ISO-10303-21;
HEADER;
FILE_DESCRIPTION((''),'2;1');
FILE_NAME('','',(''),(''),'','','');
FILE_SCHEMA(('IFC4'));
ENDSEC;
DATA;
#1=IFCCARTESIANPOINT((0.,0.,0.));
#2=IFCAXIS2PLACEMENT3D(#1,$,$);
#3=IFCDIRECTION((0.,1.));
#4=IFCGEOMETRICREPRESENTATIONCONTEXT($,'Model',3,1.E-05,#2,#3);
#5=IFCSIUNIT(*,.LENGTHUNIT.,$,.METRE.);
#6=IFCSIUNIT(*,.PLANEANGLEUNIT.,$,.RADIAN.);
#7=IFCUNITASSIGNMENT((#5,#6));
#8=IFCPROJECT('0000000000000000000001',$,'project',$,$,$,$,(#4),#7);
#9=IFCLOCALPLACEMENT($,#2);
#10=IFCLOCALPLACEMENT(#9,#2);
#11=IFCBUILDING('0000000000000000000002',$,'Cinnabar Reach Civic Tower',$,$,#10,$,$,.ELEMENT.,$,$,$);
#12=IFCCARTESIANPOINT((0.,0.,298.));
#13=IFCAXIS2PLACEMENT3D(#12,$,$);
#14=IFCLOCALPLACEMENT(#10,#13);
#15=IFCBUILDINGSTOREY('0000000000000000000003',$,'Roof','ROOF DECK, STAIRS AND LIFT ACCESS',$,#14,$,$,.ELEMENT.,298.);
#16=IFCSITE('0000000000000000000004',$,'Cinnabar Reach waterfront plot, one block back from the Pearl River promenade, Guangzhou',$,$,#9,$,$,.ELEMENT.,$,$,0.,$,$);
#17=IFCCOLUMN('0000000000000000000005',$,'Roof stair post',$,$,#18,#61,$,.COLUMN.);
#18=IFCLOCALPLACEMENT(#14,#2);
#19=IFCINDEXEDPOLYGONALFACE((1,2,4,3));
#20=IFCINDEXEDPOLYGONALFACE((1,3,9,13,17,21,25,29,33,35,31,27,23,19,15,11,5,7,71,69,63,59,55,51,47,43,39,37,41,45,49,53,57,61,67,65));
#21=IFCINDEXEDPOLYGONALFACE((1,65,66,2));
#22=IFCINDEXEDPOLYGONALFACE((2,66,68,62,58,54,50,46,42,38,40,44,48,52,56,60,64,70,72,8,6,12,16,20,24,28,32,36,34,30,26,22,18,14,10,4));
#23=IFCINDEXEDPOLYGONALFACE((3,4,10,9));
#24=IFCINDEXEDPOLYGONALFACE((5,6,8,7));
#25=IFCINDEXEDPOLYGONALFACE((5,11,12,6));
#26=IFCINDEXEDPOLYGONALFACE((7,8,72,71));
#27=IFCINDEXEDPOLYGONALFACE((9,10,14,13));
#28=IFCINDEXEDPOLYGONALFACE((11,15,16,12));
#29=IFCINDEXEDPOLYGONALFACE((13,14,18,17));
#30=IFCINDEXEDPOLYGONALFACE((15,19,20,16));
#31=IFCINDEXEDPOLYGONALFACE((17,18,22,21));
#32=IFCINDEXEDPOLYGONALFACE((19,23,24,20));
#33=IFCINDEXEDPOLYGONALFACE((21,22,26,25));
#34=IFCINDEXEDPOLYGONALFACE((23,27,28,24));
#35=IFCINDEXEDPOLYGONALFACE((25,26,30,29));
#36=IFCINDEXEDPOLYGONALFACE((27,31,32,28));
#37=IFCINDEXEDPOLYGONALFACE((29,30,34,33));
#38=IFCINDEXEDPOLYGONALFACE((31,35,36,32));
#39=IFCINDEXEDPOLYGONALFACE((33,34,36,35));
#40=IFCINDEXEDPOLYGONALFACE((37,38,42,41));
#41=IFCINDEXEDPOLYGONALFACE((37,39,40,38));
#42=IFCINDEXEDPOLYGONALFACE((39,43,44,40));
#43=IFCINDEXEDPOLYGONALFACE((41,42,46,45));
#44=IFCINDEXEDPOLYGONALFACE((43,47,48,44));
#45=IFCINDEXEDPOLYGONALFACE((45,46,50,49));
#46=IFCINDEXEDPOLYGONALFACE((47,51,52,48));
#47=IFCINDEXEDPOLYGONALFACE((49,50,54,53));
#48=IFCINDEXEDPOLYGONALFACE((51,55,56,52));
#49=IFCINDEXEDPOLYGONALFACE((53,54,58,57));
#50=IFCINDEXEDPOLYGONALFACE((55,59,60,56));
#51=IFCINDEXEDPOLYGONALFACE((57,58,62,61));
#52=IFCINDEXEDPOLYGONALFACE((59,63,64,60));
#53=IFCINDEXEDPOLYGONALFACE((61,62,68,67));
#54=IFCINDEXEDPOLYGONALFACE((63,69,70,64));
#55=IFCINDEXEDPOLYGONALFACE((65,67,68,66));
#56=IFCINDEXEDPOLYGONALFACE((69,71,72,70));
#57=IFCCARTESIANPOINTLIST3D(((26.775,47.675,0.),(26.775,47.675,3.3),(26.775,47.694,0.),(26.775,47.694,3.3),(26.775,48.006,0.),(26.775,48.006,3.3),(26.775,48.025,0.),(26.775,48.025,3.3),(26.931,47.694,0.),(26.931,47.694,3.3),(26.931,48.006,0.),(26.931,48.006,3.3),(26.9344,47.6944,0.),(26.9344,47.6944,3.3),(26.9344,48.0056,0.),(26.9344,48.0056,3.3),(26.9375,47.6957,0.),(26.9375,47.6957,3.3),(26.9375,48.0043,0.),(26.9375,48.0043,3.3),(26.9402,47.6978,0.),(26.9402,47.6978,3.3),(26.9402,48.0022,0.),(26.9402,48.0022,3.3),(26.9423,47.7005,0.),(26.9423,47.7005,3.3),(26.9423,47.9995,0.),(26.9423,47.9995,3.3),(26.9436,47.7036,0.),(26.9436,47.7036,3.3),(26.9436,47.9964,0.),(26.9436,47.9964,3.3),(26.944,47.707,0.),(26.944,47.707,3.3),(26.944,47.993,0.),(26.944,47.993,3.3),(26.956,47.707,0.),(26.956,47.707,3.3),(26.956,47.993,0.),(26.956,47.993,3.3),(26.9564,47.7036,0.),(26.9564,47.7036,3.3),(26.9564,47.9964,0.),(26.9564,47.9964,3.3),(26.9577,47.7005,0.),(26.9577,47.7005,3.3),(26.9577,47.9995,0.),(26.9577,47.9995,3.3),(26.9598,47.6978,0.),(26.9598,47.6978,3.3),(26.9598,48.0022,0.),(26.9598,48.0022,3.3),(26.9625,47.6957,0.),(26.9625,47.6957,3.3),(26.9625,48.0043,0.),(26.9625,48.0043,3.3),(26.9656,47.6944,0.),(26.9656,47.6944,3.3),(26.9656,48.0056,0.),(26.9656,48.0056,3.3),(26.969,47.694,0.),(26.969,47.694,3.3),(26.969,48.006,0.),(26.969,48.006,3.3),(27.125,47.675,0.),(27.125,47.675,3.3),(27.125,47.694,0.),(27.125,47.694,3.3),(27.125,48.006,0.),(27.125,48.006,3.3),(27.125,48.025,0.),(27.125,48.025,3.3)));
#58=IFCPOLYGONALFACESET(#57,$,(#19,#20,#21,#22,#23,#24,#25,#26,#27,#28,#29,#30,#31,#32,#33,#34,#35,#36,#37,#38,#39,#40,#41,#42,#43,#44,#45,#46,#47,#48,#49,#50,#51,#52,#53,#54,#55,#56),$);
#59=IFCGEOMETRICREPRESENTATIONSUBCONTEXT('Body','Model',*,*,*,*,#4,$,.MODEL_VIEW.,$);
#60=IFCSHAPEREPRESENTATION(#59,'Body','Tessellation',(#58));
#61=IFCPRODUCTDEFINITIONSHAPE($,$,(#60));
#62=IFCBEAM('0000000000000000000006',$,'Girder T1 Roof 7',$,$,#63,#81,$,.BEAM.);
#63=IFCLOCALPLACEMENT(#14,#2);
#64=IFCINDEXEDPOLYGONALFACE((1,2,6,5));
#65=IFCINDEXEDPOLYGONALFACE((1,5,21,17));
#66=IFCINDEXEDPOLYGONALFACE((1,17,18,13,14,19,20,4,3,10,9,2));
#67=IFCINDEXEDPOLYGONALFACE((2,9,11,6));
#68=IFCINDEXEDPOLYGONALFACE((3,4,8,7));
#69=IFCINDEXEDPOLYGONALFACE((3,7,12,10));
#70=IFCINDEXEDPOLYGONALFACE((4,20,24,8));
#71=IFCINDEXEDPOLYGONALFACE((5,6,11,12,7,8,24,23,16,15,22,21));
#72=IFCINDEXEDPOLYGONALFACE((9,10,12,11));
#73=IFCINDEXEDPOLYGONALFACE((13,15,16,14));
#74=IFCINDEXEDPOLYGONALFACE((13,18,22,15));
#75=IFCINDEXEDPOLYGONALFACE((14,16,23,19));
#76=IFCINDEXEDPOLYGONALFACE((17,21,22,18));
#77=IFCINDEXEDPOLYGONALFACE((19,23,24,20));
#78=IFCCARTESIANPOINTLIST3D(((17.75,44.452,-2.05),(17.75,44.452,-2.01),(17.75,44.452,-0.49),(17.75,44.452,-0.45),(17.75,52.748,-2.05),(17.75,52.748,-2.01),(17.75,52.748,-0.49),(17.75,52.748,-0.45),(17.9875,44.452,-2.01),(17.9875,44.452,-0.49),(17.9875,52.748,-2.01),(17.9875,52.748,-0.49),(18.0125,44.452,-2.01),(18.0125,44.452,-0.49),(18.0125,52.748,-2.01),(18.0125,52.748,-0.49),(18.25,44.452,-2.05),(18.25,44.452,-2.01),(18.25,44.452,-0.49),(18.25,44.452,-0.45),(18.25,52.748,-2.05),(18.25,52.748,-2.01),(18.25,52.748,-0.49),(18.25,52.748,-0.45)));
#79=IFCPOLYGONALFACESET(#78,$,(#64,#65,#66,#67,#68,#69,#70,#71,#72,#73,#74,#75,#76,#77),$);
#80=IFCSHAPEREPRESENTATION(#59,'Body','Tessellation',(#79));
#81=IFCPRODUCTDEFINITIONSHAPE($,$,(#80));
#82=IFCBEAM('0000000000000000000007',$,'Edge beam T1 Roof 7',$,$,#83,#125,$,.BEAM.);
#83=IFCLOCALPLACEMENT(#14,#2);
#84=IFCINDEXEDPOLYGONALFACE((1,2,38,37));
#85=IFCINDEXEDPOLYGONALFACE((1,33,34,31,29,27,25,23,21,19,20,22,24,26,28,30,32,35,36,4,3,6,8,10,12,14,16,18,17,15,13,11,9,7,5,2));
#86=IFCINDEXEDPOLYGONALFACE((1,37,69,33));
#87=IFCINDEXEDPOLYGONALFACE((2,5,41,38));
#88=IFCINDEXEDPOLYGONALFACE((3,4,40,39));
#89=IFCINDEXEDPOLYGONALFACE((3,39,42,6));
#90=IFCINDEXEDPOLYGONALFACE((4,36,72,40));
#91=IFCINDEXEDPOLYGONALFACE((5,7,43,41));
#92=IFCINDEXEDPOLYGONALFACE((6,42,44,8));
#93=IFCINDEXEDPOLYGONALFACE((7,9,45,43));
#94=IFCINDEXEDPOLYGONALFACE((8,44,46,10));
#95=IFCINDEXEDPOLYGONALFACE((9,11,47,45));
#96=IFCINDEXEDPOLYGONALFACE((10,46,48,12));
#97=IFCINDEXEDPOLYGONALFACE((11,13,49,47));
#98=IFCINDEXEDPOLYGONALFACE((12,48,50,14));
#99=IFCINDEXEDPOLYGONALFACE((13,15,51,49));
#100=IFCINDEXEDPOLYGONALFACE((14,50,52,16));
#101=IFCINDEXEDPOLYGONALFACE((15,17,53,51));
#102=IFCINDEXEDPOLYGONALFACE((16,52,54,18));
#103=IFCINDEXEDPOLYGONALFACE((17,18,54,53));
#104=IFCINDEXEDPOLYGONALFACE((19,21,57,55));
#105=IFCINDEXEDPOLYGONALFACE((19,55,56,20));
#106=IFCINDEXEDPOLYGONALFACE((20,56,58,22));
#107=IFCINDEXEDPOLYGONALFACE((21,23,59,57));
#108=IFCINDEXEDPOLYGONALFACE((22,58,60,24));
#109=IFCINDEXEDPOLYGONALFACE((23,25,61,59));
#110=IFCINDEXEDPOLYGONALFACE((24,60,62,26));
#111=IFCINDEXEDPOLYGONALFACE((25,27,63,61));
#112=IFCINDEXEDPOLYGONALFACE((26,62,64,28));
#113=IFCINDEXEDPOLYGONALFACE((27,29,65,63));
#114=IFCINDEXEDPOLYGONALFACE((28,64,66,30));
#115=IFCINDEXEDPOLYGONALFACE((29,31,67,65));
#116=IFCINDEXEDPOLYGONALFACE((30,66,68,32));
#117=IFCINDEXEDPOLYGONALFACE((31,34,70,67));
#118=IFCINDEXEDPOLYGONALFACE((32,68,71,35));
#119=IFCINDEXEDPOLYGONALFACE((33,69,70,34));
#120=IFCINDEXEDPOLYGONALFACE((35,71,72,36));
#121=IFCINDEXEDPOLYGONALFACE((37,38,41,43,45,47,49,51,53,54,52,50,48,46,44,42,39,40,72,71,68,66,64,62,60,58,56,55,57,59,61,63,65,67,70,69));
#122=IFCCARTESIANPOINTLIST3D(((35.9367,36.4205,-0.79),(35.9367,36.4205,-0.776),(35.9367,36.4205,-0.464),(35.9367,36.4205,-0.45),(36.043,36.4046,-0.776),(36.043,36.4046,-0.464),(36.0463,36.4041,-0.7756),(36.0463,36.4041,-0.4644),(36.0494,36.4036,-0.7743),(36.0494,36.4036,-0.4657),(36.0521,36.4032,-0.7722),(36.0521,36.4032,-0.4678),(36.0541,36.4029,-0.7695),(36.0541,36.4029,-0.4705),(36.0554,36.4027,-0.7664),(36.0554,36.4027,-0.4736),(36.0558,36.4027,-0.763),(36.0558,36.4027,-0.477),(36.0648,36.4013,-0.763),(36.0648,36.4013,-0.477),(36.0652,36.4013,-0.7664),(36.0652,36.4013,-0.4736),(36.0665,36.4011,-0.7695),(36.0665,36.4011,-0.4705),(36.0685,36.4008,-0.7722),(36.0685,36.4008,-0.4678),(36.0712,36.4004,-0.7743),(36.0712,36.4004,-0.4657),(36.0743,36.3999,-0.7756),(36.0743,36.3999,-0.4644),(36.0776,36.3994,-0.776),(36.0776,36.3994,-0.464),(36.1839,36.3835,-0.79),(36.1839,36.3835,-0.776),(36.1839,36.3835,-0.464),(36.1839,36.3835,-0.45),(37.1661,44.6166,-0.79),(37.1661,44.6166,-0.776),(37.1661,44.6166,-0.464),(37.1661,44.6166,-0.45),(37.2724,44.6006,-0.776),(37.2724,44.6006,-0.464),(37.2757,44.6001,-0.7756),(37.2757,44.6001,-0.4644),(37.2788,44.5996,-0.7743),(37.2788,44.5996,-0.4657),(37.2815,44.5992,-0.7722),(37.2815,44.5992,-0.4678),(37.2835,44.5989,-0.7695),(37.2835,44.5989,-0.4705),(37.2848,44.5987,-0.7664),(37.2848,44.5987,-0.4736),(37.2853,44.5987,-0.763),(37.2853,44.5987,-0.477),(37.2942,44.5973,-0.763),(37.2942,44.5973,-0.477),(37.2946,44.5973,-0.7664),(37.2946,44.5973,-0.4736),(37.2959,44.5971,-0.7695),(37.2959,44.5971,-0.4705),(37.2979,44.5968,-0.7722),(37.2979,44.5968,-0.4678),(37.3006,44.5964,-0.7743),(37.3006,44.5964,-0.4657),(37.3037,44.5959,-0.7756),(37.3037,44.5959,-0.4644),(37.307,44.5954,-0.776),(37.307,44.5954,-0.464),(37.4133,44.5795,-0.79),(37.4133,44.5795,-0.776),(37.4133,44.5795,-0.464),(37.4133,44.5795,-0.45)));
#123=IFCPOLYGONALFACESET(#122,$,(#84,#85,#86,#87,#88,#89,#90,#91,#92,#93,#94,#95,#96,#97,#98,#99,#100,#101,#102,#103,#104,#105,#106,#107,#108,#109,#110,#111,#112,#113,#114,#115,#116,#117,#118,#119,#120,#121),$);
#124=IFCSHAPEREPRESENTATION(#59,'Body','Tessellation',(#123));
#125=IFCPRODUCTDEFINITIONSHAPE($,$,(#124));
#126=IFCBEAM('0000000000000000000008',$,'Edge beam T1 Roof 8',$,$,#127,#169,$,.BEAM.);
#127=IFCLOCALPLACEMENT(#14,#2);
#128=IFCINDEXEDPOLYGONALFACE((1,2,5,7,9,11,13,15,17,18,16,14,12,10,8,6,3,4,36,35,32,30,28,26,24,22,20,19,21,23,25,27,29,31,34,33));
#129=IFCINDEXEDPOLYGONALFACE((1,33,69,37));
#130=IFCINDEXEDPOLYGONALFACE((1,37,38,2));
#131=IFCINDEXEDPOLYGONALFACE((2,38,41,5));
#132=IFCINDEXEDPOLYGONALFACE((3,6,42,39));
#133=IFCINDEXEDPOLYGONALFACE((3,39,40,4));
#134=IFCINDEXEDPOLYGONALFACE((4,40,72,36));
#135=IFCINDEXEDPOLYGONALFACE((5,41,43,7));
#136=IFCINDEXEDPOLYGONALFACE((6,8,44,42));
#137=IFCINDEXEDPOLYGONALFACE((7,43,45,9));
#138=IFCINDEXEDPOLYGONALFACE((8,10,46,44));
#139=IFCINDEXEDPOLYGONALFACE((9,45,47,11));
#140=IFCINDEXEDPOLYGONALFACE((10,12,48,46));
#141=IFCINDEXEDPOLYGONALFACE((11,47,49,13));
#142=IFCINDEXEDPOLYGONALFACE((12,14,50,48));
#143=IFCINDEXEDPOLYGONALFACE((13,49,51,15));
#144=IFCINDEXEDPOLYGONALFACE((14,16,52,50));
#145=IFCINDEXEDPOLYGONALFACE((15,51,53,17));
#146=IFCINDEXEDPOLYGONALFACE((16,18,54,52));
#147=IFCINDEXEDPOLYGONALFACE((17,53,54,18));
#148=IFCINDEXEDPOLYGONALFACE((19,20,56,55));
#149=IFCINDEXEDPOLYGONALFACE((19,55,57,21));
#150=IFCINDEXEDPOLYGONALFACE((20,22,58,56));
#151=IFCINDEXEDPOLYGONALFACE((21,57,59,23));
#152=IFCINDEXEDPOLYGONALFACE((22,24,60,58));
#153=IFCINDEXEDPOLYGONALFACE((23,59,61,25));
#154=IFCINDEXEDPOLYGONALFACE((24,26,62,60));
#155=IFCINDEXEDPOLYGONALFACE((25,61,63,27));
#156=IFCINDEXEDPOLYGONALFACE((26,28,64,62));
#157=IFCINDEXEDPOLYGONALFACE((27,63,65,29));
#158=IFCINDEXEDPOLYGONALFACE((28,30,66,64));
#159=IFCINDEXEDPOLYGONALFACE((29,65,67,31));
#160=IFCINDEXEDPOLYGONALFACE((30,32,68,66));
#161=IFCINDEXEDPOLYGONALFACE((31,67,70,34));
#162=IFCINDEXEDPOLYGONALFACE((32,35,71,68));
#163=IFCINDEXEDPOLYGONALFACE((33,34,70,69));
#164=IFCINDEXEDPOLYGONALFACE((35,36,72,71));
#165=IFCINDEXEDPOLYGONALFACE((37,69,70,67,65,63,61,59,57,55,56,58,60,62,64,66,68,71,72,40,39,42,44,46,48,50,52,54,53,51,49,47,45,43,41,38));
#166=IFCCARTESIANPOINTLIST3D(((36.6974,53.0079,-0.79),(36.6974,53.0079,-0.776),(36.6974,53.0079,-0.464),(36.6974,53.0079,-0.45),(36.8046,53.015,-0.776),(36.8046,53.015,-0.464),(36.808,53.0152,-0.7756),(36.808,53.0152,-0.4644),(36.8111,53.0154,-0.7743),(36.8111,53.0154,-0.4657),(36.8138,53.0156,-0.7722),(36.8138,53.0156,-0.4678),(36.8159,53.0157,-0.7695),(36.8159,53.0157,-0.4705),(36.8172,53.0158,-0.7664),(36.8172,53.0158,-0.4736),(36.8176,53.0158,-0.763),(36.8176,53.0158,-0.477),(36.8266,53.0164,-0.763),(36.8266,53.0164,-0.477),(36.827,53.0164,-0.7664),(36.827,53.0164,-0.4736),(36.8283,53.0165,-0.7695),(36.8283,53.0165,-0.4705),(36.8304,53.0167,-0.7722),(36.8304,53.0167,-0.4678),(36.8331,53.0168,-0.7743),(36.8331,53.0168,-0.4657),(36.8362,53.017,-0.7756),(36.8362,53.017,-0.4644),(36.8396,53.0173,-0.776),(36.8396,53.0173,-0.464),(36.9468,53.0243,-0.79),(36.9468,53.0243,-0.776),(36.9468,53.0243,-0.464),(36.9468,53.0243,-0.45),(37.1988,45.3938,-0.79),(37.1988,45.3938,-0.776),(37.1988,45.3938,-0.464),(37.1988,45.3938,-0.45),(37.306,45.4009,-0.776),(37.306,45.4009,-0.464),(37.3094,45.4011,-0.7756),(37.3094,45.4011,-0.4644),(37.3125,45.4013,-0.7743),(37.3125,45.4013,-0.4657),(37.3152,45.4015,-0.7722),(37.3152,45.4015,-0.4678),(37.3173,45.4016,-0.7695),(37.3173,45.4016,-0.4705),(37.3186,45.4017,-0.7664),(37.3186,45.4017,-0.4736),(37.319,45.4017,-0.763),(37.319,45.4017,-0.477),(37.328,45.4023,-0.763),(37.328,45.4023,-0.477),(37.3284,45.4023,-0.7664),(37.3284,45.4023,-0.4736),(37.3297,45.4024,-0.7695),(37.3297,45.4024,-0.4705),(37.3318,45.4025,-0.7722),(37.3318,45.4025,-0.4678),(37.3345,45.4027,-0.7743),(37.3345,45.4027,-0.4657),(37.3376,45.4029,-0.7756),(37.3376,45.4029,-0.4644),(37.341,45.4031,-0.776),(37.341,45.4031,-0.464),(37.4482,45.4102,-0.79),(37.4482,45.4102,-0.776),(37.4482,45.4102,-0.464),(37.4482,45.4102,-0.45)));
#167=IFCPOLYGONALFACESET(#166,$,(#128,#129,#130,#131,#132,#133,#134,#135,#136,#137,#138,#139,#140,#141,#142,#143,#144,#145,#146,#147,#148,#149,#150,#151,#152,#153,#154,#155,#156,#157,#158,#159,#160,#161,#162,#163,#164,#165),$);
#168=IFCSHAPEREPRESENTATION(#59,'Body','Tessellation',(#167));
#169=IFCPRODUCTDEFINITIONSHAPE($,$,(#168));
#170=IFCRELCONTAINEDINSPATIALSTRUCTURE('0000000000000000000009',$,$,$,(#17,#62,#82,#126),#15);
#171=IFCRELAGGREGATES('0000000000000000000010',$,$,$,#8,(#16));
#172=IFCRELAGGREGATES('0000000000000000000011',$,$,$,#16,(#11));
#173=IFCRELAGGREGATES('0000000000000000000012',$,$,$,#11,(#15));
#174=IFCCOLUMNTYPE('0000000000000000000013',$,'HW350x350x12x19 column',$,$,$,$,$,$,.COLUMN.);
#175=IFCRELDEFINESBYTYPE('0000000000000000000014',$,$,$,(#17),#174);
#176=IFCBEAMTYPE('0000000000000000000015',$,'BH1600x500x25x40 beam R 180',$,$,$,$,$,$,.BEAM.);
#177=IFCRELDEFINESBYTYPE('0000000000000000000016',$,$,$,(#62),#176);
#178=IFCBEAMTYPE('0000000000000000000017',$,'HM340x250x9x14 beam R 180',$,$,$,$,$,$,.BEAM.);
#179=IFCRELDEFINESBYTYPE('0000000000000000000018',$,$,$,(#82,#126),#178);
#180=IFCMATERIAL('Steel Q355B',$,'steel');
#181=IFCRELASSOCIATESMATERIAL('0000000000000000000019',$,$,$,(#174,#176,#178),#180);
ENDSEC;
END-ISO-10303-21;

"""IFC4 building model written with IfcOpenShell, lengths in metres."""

from ifc_helpers import new_model, si_unit, direction, frame, origin, origin_2d, place, context, subcontext, project, spatial, i_section, extrude, material, material_profile, profile_set, type_object, element, save


model = new_model("IFC4")

# Units and contexts
model_context = context("Model", 3, precision=1e-05, world=origin(), true_north=direction((0.0, 1.0)))
body_context = subcontext(model_context, "Body", "Model", "MODEL_VIEW")
ifc_project = project(units=[si_unit("LENGTHUNIT", "METRE"), si_unit("PLANEANGLEUNIT", "RADIAN")], contexts=[model_context])

# Site, building, storey
site_placement = place(None, origin())
site = spatial("IfcSite", under=ifc_project, at=site_placement, Name="Cinnabar Reach waterfront plot, one block back from the Pearl River promenade, Guangzhou", CompositionType="ELEMENT", RefElevation=0.0)
building_placement = place(site_placement, origin())
building = spatial("IfcBuilding", under=site, at=building_placement, Name="Cinnabar Reach Civic Tower", CompositionType="ELEMENT")
storey_placement = place(building_placement, frame((0.0, 0.0, 298.0)))
storey = spatial("IfcBuildingStorey", under=building, at=storey_placement, Name="Roof", Description="ROOF DECK, STAIRS AND LIFT ACCESS", CompositionType="ELEMENT", Elevation=298.0)

# Column
ifc_material_1 = material(Name="Steel Q355B", Category="steel")
ifc_material_profile_1 = material_profile(ifc_material_1, i_section(OverallWidth=0.35, OverallDepth=0.35, WebThickness=0.012, FlangeThickness=0.019, FilletRadius=0.013, at=origin_2d()), Name="HW350x350x12x19")
ifc_profile_set_1 = profile_set([ifc_material_profile_1], Name="Steel Q355B")
column_type = type_object("IfcColumnType", Name="HW350x350x12x19 column", PredefinedType="COLUMN", material=ifc_profile_set_1)
for number, where, z_axis, x_axis, name in (
    (1, (26.95, 47.85, 0.0), (0.0, 0.0, 1.0), (1.0, 0.0, 0.0), "Roof stair post"),
):
    element("IfcColumn", number, at=place(storey_placement, frame(where, z_axis=z_axis, x_axis=x_axis)), inside=storey, type_object=column_type, Name=name, PredefinedType="COLUMN", context=body_context, shape_type="SweptSolid", body=[
        extrude(i_section(OverallWidth=0.35, OverallDepth=0.35, WebThickness=0.012, FlangeThickness=0.019, FilletRadius=0.013, at=origin_2d()), origin(), (0.0, 0.0, 1.0), 3.3),
    ])

# Beams
ifc_material_profile_2 = material_profile(ifc_material_1, i_section(OverallWidth=0.5, OverallDepth=1.6, WebThickness=0.025, FlangeThickness=0.04, at=origin_2d()), Name="BH1600x500x25x40")
ifc_profile_set_2 = profile_set([ifc_material_profile_2], Name="Steel Q355B")
beam_type_1 = type_object("IfcBeamType", Name="BH1600x500x25x40 beam R 180", PredefinedType="BEAM", material=ifc_profile_set_2)
beam_1_placement = place(storey_placement, frame((18.0, 44.452, -1.25), z_axis=(0.0, 1.0, 0.0), x_axis=(-1.0, 0.0, 0.0)))
element("IfcBeam", 2, at=beam_1_placement, inside=storey, type_object=beam_type_1, Name="Girder T1 Roof 7", PredefinedType="BEAM", context=body_context, shape_type="SweptSolid", body=[
    extrude(i_section(OverallWidth=0.5, OverallDepth=1.6, WebThickness=0.025, FlangeThickness=0.04, at=origin_2d()), origin(), (0.0, 0.0, 1.0), 8.296),
])
ifc_material_profile_3 = material_profile(ifc_material_1, i_section(OverallWidth=0.25, OverallDepth=0.34, WebThickness=0.009, FlangeThickness=0.014, FilletRadius=0.013, at=origin_2d()), Name="HM340x250x9x14")
ifc_profile_set_3 = profile_set([ifc_material_profile_3], Name="Steel Q355B")
beam_type_2 = type_object("IfcBeamType", Name="HM340x250x9x14 beam R 180", PredefinedType="BEAM", material=ifc_profile_set_3)
beam_2_placement = place(storey_placement, frame((36.0603, 36.402, -0.62), z_axis=(0.14834, 0.988936, 0.0), x_axis=(-0.988936, 0.14834, 0.0)))
element("IfcBeam", 3, at=beam_2_placement, inside=storey, type_object=beam_type_2, Name="Edge beam T1 Roof 7", PredefinedType="BEAM", context=body_context, shape_type="SweptSolid", body=[
    extrude(i_section(OverallWidth=0.25, OverallDepth=0.34, WebThickness=0.009, FlangeThickness=0.014, FilletRadius=0.013, at=origin_2d()), origin(), (0.0, 0.0, 1.0), 8.2877),
])
beam_3_placement = place(storey_placement, frame((37.3235, 45.402, -0.62), z_axis=(-0.065709, 0.997839, 0.0), x_axis=(-0.997839, -0.065709, 0.0)))
element("IfcBeam", 4, at=beam_3_placement, inside=storey, type_object=beam_type_2, Name="Edge beam T1 Roof 8", PredefinedType="BEAM", context=body_context, shape_type="SweptSolid", body=[
    extrude(i_section(OverallWidth=0.25, OverallDepth=0.34, WebThickness=0.009, FlangeThickness=0.014, FilletRadius=0.013, at=origin_2d()), origin(), (0.0, 0.0, 1.0), 7.6306),
])

save(model, "model.ifc")
